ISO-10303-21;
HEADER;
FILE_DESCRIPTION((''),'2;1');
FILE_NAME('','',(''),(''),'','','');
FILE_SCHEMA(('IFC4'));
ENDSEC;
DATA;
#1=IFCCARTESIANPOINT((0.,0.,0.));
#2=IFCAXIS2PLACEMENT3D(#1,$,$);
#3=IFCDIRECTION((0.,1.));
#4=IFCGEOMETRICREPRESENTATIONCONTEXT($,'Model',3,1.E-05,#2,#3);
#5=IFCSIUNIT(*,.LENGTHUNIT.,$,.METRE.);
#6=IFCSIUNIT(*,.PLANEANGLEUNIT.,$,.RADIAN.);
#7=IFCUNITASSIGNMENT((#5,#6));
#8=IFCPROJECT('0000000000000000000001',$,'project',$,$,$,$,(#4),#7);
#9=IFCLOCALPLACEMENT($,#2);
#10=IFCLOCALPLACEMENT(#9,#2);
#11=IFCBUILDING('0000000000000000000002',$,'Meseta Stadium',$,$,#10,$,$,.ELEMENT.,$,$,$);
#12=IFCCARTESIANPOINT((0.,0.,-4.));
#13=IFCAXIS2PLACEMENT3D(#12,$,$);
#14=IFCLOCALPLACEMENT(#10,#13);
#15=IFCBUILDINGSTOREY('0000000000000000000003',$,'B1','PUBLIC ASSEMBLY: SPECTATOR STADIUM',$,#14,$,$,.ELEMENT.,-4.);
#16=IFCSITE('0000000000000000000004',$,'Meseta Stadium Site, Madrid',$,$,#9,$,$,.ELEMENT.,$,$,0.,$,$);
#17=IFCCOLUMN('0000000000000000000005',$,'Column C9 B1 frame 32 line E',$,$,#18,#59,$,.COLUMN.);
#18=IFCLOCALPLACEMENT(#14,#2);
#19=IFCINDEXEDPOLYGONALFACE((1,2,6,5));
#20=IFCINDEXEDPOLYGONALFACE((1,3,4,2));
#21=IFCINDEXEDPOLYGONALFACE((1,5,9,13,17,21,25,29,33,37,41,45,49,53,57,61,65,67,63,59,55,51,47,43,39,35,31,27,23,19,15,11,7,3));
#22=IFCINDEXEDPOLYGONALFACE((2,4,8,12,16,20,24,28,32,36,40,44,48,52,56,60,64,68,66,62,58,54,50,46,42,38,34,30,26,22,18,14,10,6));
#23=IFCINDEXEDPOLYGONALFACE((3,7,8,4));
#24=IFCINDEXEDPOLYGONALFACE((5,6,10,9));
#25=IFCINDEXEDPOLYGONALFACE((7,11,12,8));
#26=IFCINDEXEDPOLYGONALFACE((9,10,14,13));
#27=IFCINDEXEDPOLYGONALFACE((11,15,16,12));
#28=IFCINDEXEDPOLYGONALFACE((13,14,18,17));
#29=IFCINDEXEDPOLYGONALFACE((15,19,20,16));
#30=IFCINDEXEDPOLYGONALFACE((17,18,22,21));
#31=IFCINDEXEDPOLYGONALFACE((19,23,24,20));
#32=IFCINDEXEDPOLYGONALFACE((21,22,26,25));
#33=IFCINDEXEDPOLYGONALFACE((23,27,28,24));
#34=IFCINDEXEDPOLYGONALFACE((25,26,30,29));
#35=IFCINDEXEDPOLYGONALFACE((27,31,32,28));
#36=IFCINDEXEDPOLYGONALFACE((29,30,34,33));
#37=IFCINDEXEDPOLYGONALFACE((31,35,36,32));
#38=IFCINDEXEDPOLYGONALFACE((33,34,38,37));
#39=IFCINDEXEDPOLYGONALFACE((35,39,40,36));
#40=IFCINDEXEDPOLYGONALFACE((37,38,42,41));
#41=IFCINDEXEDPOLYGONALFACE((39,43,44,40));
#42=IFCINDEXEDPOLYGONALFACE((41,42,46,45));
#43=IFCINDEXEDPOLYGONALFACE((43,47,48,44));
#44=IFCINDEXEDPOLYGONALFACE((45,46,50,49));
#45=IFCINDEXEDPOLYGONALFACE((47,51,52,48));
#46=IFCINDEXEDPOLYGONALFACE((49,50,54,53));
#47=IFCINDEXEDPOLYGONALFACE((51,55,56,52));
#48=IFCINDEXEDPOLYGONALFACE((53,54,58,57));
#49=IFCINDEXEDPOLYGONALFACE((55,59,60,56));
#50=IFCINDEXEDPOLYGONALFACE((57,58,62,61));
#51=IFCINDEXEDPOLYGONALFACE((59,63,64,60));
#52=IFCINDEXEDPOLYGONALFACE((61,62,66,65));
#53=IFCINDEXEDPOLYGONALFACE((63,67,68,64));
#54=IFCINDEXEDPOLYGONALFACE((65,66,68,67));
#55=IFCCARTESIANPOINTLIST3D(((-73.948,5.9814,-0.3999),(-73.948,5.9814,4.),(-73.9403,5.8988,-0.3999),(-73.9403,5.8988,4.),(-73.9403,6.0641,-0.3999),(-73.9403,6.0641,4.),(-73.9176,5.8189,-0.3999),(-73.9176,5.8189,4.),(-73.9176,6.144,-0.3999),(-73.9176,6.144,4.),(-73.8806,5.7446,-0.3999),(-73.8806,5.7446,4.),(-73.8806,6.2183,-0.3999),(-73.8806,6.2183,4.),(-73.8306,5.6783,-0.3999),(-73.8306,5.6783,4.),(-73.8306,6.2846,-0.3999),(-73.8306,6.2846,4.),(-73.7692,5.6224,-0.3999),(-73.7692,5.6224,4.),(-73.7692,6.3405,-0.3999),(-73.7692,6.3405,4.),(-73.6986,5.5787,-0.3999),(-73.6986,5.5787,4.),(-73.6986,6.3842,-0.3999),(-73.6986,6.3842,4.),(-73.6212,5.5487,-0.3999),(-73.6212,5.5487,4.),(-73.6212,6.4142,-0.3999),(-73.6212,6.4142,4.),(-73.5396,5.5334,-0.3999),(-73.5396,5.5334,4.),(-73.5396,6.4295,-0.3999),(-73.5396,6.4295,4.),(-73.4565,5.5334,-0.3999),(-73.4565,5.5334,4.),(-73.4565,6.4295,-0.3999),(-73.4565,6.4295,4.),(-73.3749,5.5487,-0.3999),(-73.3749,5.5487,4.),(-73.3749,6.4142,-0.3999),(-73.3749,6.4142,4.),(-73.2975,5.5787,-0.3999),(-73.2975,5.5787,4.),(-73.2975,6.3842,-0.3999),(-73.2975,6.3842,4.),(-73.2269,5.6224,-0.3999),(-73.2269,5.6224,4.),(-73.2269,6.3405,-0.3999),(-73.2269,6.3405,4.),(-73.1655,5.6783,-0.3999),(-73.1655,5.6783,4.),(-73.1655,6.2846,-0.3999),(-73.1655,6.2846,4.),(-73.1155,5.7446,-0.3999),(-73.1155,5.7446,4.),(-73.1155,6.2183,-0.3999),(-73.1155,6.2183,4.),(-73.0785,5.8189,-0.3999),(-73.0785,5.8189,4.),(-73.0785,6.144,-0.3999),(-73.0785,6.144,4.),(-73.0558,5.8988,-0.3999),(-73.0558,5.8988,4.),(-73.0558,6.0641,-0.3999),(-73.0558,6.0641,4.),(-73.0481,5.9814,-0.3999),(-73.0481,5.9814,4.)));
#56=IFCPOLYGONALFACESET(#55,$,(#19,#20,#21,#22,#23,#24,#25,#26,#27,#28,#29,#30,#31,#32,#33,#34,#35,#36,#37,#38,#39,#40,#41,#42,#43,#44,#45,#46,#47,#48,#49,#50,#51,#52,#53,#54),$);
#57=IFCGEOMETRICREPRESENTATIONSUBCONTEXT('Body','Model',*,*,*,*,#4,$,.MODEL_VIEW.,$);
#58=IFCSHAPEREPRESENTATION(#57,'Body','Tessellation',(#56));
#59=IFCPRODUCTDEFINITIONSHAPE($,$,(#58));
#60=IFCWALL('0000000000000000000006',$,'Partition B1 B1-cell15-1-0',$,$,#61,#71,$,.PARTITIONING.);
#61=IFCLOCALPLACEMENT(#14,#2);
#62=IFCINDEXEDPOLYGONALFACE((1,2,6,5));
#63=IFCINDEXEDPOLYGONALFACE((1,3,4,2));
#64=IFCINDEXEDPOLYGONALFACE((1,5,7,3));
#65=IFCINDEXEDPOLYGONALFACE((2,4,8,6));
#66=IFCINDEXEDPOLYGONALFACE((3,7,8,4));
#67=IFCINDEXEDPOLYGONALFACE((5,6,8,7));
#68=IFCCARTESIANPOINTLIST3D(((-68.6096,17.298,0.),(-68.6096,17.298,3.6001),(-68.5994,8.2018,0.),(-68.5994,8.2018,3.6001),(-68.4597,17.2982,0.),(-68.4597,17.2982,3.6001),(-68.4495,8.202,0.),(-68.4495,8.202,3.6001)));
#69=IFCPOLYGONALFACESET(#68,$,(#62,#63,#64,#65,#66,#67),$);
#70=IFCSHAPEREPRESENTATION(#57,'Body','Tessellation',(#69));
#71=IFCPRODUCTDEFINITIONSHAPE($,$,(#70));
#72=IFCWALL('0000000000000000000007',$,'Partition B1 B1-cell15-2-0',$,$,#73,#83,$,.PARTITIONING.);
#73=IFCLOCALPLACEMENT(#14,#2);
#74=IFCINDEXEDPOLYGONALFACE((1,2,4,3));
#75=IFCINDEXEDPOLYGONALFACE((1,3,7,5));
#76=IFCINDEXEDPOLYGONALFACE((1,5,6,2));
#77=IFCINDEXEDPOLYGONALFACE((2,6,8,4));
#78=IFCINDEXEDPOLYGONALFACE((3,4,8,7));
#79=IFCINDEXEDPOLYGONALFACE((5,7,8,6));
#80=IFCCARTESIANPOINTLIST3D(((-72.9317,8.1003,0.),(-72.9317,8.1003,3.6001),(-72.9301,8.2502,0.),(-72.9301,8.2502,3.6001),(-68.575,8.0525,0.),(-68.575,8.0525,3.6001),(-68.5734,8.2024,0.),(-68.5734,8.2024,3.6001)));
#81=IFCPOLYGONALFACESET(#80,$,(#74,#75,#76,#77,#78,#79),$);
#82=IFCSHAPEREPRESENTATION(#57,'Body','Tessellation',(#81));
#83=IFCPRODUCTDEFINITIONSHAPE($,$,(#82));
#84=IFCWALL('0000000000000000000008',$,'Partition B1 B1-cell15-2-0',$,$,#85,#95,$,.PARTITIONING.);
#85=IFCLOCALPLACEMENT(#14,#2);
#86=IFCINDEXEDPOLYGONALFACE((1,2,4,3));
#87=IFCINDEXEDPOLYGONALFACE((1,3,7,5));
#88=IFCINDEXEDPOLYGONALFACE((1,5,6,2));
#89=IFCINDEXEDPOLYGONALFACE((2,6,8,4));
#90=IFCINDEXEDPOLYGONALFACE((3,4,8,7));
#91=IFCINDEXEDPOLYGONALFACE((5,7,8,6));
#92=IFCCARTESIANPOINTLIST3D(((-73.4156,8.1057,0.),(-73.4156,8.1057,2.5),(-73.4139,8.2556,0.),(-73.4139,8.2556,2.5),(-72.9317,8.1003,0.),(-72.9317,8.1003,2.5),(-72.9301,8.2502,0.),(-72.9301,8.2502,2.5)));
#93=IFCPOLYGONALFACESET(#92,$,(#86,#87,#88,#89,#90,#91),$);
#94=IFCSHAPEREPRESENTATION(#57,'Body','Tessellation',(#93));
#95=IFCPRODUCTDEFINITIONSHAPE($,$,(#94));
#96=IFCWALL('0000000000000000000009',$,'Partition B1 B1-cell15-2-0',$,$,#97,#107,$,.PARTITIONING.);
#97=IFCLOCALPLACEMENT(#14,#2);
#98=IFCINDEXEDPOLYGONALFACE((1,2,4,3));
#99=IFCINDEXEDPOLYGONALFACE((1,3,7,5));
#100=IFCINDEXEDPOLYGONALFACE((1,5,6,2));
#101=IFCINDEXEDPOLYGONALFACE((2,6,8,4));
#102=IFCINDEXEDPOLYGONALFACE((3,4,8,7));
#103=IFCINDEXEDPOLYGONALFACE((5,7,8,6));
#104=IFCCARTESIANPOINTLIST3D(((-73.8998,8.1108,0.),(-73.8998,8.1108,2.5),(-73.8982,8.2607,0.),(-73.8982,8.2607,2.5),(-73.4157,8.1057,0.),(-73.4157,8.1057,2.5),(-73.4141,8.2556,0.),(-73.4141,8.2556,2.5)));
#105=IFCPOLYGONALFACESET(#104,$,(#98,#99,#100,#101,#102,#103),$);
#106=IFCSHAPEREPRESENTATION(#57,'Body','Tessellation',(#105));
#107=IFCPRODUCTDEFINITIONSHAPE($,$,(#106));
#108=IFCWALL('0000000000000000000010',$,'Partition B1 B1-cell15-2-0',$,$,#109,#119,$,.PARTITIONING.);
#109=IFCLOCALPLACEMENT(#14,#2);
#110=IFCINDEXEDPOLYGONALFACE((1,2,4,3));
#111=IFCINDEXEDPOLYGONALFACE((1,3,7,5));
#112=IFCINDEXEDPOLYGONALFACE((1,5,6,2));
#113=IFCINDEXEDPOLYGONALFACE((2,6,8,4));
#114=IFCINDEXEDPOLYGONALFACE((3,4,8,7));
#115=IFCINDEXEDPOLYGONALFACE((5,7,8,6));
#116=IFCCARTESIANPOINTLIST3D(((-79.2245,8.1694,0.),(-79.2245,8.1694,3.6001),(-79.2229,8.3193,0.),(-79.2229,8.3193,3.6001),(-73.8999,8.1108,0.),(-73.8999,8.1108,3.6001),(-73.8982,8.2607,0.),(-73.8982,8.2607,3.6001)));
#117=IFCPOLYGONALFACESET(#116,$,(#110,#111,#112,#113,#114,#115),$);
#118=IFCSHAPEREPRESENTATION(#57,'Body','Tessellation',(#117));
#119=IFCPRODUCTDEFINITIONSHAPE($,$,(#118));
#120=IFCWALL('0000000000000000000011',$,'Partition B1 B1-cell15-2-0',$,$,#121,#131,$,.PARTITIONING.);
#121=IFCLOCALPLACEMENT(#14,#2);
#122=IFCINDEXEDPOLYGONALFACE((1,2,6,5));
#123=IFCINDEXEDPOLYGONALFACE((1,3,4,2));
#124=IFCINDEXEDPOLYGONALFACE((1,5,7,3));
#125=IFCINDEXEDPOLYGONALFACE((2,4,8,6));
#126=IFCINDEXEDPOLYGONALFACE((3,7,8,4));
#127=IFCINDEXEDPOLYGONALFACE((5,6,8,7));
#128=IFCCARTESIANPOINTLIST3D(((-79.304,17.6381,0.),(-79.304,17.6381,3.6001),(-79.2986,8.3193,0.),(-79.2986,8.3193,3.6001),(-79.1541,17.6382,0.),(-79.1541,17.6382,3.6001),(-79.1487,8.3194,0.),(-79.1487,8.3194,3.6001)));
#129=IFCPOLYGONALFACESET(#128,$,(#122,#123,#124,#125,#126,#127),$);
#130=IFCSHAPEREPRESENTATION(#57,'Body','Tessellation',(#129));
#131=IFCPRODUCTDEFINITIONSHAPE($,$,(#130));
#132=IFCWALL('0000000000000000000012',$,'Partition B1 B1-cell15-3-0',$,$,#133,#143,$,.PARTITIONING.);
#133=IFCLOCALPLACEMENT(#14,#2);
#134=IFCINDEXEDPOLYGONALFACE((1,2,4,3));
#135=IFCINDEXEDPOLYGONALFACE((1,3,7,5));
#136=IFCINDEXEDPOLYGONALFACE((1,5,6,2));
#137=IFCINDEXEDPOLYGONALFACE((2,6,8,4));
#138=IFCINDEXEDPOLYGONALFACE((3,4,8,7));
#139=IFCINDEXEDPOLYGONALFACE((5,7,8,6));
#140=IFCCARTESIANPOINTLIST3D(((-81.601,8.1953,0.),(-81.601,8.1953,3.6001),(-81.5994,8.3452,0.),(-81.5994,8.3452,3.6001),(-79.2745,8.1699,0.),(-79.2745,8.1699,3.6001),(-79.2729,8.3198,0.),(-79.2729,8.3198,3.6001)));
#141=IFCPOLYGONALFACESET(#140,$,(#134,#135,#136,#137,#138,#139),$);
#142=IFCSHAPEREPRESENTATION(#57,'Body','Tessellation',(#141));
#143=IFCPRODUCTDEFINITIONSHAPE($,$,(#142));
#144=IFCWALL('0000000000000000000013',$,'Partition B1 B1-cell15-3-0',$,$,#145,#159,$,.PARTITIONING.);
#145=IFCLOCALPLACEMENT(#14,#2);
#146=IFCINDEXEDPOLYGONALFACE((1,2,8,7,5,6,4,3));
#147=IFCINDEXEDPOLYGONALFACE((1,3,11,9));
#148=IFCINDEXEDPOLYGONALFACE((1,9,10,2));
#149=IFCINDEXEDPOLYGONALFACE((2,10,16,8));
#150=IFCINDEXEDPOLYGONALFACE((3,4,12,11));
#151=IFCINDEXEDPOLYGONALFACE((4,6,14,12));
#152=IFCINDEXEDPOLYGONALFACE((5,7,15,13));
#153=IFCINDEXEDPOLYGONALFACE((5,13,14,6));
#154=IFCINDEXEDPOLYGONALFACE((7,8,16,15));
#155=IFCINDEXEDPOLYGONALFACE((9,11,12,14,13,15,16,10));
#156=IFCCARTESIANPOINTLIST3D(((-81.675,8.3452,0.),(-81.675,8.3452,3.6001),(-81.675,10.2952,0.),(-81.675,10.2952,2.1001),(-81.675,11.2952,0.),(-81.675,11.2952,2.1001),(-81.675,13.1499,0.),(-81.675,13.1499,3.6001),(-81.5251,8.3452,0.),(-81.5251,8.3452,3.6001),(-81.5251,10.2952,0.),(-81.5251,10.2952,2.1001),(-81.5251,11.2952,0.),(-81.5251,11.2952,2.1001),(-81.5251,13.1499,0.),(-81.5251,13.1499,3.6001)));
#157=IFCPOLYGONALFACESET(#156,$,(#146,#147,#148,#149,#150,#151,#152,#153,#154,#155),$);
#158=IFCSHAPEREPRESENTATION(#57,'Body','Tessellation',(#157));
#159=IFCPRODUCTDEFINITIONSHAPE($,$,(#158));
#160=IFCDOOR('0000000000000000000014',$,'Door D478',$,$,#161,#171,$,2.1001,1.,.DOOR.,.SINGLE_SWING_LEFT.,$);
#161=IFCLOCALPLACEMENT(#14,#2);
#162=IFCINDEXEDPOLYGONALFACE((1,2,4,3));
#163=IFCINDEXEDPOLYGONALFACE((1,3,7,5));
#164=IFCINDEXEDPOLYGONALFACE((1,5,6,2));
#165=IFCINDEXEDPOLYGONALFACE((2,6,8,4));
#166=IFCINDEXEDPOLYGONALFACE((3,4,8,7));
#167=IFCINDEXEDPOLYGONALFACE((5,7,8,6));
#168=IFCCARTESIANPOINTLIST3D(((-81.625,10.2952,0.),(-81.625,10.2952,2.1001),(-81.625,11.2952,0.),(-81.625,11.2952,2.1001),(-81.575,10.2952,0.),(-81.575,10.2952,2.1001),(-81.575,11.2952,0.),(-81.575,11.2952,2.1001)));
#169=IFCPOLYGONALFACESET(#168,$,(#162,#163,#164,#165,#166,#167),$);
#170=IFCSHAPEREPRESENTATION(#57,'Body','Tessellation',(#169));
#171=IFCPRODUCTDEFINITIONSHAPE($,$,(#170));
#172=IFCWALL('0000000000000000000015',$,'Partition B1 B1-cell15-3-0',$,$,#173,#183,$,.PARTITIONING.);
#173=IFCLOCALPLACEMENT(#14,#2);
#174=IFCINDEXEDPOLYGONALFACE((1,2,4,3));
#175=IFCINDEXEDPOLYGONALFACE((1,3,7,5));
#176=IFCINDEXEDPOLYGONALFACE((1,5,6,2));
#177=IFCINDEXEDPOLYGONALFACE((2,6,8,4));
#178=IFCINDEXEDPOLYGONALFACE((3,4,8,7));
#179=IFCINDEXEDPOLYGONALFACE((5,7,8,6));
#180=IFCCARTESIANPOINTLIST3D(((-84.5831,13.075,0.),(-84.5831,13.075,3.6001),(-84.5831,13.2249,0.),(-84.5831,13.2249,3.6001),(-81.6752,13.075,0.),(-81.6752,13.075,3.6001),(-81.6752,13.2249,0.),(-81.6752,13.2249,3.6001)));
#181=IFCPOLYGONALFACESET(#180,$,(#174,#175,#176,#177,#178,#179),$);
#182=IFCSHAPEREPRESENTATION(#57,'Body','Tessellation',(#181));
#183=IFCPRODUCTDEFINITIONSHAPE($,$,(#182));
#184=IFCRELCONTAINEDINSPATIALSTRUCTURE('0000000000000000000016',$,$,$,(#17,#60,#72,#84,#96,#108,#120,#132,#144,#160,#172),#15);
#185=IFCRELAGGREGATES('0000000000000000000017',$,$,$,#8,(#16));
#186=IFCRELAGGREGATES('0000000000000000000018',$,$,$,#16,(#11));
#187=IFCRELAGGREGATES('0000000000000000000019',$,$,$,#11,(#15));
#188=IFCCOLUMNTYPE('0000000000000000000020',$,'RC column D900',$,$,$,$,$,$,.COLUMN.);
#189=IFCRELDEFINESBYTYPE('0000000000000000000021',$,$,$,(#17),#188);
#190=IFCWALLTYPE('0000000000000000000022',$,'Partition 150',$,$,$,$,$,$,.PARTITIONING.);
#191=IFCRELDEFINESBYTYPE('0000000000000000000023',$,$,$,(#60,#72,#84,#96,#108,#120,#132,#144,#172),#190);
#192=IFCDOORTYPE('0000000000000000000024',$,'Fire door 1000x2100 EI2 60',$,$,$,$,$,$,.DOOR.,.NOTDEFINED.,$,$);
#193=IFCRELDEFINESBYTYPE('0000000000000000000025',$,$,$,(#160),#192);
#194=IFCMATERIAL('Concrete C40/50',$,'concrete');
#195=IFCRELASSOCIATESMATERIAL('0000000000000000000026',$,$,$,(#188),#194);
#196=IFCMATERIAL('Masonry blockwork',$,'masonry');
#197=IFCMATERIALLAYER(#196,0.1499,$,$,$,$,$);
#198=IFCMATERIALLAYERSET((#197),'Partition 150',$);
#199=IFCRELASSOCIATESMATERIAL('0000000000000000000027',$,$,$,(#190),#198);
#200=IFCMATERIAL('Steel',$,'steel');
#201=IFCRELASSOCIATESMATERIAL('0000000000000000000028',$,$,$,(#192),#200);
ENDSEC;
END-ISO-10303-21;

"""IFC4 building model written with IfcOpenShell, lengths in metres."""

from ifc_helpers import new_model, si_unit, direction, frame, frame_2d, origin, origin_2d, place, context, subcontext, project, spatial, rectangle, circle, extrude, material, layer, layer_set, material_profile, profile_set, type_object, element, fill, save


model = new_model("IFC4")

# Units and contexts
model_context = context("Model", 3, precision=1e-05, world=origin(), true_north=direction((0.0, 1.0)))
body_context = subcontext(model_context, "Body", "Model", "MODEL_VIEW")
ifc_project = project(units=[si_unit("LENGTHUNIT", "METRE"), si_unit("PLANEANGLEUNIT", "RADIAN")], contexts=[model_context])

# Site, building, storey
site_placement = place(None, origin())
site = spatial("IfcSite", under=ifc_project, at=site_placement, Name="Meseta Stadium Site, Madrid", CompositionType="ELEMENT", RefElevation=0.0)
building_placement = place(site_placement, origin())
building = spatial("IfcBuilding", under=site, at=building_placement, Name="Meseta Stadium", CompositionType="ELEMENT")
storey_placement = place(building_placement, frame((0.0, 0.0, -4.0)))
storey = spatial("IfcBuildingStorey", under=building, at=storey_placement, Name="B1", Description="PUBLIC ASSEMBLY: SPECTATOR STADIUM", CompositionType="ELEMENT", Elevation=-4.0)

# Column
ifc_material_1 = material(Name="Concrete C40/50", Category="concrete")
ifc_material_profile = material_profile(ifc_material_1, circle(Radius=0.45, at=origin_2d()), Name="RC D900")
ifc_profile_set = profile_set([ifc_material_profile], Name="Concrete C40/50")
column_type = type_object("IfcColumnType", Name="RC column D900", PredefinedType="COLUMN", material=ifc_profile_set)
column_placement = place(storey_placement, frame((-73.498, 5.9814, -0.3999), z_axis=(0.0, 0.0, 1.0), x_axis=(1.0, 0.0, 0.0)))
element("IfcColumn", 1, at=column_placement, inside=storey, type_object=column_type, Name="Column C9 B1 frame 32 line E", PredefinedType="COLUMN", context=body_context, shape_type="SweptSolid", body=[
    extrude(circle(Radius=0.45, at=origin_2d()), origin(), (0.0, 0.0, 1.0), 4.3999),
])

# Walls
ifc_material_2 = material(Name="Masonry blockwork", Category="masonry")
ifc_layer = layer(ifc_material_2, 0.1499)
ifc_layer_set = layer_set([ifc_layer], Name="Partition 150")
wall_type = type_object("IfcWallType", Name="Partition 150", PredefinedType="PARTITIONING", material=ifc_layer_set)
wall_1_placement = place(storey_placement, frame((-68.5244, 8.2019, 0.0), z_axis=(0.0, 0.0, 1.0), x_axis=(-0.001127, 0.999999, 0.0)))
element("IfcWall", 2, at=wall_1_placement, inside=storey, type_object=wall_type, Name="Partition B1 B1-cell15-1-0", PredefinedType="PARTITIONING", context=body_context, shape_type="SweptSolid", body=[
    extrude(rectangle(XDim=9.0962, YDim=0.1499, at=frame_2d((4.5481, 0.0))), origin(), (0.0, 0.0, 1.0), 3.6001),
])
wall_2_placement = place(storey_placement, frame((-68.5742, 8.1274, 0.0), z_axis=(0.0, 0.0, 1.0), x_axis=(-0.99994, 0.010983, 0.0)))
element("IfcWall", 3, at=wall_2_placement, inside=storey, type_object=wall_type, Name="Partition B1 B1-cell15-2-0", PredefinedType="PARTITIONING", context=body_context, shape_type="SweptSolid", body=[
    extrude(rectangle(XDim=4.3569, YDim=0.1499, at=frame_2d((2.1785, 0.0))), origin(), (0.0, 0.0, 1.0), 3.6001),
])
wall_3_placement = place(storey_placement, frame((-72.9309, 8.1753, 0.0), z_axis=(0.0, 0.0, 1.0), x_axis=(-0.999938, 0.011099, 0.0)))
element("IfcWall", 4, at=wall_3_placement, inside=storey, type_object=wall_type, Name="Partition B1 B1-cell15-2-0", PredefinedType="PARTITIONING", context=body_context, shape_type="SweptSolid", body=[
    extrude(rectangle(XDim=0.4839, YDim=0.1499, at=frame_2d((0.2419, 0.0))), origin(), (0.0, 0.0, 1.0), 2.5),
])
wall_4_placement = place(storey_placement, frame((-73.4148, 8.1807, 0.0), z_axis=(0.0, 0.0, 1.0), x_axis=(-0.999944, 0.010589, 0.0)))
element("IfcWall", 5, at=wall_4_placement, inside=storey, type_object=wall_type, Name="Partition B1 B1-cell15-2-0", PredefinedType="PARTITIONING", context=body_context, shape_type="SweptSolid", body=[
    extrude(rectangle(XDim=0.4841, YDim=0.1499, at=frame_2d((0.2422, 0.0))), origin(), (0.0, 0.0, 1.0), 2.5),
])
wall_5_placement = place(storey_placement, frame((-73.8989, 8.1858, 0.0), z_axis=(0.0, 0.0, 1.0), x_axis=(-0.999939, 0.011003, 0.0)))
element("IfcWall", 6, at=wall_5_placement, inside=storey, type_object=wall_type, Name="Partition B1 B1-cell15-2-0", PredefinedType="PARTITIONING", context=body_context, shape_type="SweptSolid", body=[
    extrude(rectangle(XDim=5.325, YDim=0.1499, at=frame_2d((2.6626, 0.0))), origin(), (0.0, 0.0, 1.0), 3.6001),
])
wall_6_placement = place(storey_placement, frame((-79.2236, 8.3193, 0.0), z_axis=(0.0, 0.0, 1.0), x_axis=(-0.000576, 1.0, 0.0)))
element("IfcWall", 7, at=wall_6_placement, inside=storey, type_object=wall_type, Name="Partition B1 B1-cell15-2-0", PredefinedType="PARTITIONING", context=body_context, shape_type="SweptSolid", body=[
    extrude(rectangle(XDim=9.3188, YDim=0.1499, at=frame_2d((4.6594, 0.0))), origin(), (0.0, 0.0, 1.0), 3.6001),
])
wall_7_placement = place(storey_placement, frame((-79.2737, 8.2449, 0.0), z_axis=(0.0, 0.0, 1.0), x_axis=(-0.99994, 0.010913, 0.0)))
element("IfcWall", 8, at=wall_7_placement, inside=storey, type_object=wall_type, Name="Partition B1 B1-cell15-3-0", PredefinedType="PARTITIONING", context=body_context, shape_type="SweptSolid", body=[
    extrude(rectangle(XDim=2.3267, YDim=0.1499, at=frame_2d((1.1633, 0.0))), origin(), (0.0, 0.0, 1.0), 3.6001),
])

# Wall, opening, door
wall_8_placement = place(storey_placement, frame((-81.6001, 8.3452, 0.0), z_axis=(0.0, 0.0, 1.0), x_axis=(0.0, 1.0, 0.0)))
wall_8 = element("IfcWall", 9, at=wall_8_placement, inside=storey, type_object=wall_type, Name="Partition B1 B1-cell15-3-0", PredefinedType="PARTITIONING", context=body_context, shape_type="SweptSolid", body=[
    extrude(rectangle(XDim=4.8047, YDim=0.1499, at=frame_2d((2.4023, 0.0))), origin(), (0.0, 0.0, 1.0), 3.6001),
])
opening_1_placement = place(wall_8_placement, frame((1.95, 0.0, 0.0)))
opening_1 = element("IfcOpeningElement", 10, at=opening_1_placement, cuts=wall_8, PredefinedType="OPENING", context=body_context, shape_type="SweptSolid", body=[
    extrude(rectangle(XDim=1.0, YDim=2.1001, at=frame_2d((0.5, 1.05))), frame((0.0, 0.085, 0.0), z_axis=(0.0, -1.0, 0.0), x_axis=(1.0, 0.0, 0.0)), (0.0, 0.0, 1.0), 0.1699),
])
ifc_material_3 = material(Name="Steel", Category="steel")
door_type_1 = type_object("IfcDoorType", Name="Fire door 1000x2100 EI2 60", OperationType="NOTDEFINED", PredefinedType="DOOR", material=ifc_material_3)
door_1_placement = place(opening_1_placement, origin())
door_1 = element("IfcDoor", 11, at=door_1_placement, inside=storey, type_object=door_type_1, Name="Door D478", OperationType="SINGLE_SWING_LEFT", OverallHeight=2.1001, OverallWidth=1.0, PredefinedType="DOOR", context=body_context, shape_type="SweptSolid", body=[
    extrude(rectangle(XDim=1.0, YDim=2.1001, at=frame_2d((0.5, 1.05))), frame((0.0, 0.0249, 0.0), z_axis=(0.0, -1.0, 0.0), x_axis=(1.0, 0.0, 0.0)), (0.0, 0.0, 1.0), 0.05),
])
fill(opening_1, door_1)

# Wall
wall_9_placement = place(storey_placement, frame((-81.675, 13.1499, 0.0), z_axis=(0.0, 0.0, 1.0), x_axis=(-1.0, 0.0, 0.0)))
element("IfcWall", 12, at=wall_9_placement, inside=storey, type_object=wall_type, Name="Partition B1 B1-cell15-3-0", PredefinedType="PARTITIONING", context=body_context, shape_type="SweptSolid", body=[
    extrude(rectangle(XDim=2.908, YDim=0.1499, at=frame_2d((1.4541, 0.0))), origin(), (0.0, 0.0, 1.0), 3.6001),
])

save(model, "model.ifc")
